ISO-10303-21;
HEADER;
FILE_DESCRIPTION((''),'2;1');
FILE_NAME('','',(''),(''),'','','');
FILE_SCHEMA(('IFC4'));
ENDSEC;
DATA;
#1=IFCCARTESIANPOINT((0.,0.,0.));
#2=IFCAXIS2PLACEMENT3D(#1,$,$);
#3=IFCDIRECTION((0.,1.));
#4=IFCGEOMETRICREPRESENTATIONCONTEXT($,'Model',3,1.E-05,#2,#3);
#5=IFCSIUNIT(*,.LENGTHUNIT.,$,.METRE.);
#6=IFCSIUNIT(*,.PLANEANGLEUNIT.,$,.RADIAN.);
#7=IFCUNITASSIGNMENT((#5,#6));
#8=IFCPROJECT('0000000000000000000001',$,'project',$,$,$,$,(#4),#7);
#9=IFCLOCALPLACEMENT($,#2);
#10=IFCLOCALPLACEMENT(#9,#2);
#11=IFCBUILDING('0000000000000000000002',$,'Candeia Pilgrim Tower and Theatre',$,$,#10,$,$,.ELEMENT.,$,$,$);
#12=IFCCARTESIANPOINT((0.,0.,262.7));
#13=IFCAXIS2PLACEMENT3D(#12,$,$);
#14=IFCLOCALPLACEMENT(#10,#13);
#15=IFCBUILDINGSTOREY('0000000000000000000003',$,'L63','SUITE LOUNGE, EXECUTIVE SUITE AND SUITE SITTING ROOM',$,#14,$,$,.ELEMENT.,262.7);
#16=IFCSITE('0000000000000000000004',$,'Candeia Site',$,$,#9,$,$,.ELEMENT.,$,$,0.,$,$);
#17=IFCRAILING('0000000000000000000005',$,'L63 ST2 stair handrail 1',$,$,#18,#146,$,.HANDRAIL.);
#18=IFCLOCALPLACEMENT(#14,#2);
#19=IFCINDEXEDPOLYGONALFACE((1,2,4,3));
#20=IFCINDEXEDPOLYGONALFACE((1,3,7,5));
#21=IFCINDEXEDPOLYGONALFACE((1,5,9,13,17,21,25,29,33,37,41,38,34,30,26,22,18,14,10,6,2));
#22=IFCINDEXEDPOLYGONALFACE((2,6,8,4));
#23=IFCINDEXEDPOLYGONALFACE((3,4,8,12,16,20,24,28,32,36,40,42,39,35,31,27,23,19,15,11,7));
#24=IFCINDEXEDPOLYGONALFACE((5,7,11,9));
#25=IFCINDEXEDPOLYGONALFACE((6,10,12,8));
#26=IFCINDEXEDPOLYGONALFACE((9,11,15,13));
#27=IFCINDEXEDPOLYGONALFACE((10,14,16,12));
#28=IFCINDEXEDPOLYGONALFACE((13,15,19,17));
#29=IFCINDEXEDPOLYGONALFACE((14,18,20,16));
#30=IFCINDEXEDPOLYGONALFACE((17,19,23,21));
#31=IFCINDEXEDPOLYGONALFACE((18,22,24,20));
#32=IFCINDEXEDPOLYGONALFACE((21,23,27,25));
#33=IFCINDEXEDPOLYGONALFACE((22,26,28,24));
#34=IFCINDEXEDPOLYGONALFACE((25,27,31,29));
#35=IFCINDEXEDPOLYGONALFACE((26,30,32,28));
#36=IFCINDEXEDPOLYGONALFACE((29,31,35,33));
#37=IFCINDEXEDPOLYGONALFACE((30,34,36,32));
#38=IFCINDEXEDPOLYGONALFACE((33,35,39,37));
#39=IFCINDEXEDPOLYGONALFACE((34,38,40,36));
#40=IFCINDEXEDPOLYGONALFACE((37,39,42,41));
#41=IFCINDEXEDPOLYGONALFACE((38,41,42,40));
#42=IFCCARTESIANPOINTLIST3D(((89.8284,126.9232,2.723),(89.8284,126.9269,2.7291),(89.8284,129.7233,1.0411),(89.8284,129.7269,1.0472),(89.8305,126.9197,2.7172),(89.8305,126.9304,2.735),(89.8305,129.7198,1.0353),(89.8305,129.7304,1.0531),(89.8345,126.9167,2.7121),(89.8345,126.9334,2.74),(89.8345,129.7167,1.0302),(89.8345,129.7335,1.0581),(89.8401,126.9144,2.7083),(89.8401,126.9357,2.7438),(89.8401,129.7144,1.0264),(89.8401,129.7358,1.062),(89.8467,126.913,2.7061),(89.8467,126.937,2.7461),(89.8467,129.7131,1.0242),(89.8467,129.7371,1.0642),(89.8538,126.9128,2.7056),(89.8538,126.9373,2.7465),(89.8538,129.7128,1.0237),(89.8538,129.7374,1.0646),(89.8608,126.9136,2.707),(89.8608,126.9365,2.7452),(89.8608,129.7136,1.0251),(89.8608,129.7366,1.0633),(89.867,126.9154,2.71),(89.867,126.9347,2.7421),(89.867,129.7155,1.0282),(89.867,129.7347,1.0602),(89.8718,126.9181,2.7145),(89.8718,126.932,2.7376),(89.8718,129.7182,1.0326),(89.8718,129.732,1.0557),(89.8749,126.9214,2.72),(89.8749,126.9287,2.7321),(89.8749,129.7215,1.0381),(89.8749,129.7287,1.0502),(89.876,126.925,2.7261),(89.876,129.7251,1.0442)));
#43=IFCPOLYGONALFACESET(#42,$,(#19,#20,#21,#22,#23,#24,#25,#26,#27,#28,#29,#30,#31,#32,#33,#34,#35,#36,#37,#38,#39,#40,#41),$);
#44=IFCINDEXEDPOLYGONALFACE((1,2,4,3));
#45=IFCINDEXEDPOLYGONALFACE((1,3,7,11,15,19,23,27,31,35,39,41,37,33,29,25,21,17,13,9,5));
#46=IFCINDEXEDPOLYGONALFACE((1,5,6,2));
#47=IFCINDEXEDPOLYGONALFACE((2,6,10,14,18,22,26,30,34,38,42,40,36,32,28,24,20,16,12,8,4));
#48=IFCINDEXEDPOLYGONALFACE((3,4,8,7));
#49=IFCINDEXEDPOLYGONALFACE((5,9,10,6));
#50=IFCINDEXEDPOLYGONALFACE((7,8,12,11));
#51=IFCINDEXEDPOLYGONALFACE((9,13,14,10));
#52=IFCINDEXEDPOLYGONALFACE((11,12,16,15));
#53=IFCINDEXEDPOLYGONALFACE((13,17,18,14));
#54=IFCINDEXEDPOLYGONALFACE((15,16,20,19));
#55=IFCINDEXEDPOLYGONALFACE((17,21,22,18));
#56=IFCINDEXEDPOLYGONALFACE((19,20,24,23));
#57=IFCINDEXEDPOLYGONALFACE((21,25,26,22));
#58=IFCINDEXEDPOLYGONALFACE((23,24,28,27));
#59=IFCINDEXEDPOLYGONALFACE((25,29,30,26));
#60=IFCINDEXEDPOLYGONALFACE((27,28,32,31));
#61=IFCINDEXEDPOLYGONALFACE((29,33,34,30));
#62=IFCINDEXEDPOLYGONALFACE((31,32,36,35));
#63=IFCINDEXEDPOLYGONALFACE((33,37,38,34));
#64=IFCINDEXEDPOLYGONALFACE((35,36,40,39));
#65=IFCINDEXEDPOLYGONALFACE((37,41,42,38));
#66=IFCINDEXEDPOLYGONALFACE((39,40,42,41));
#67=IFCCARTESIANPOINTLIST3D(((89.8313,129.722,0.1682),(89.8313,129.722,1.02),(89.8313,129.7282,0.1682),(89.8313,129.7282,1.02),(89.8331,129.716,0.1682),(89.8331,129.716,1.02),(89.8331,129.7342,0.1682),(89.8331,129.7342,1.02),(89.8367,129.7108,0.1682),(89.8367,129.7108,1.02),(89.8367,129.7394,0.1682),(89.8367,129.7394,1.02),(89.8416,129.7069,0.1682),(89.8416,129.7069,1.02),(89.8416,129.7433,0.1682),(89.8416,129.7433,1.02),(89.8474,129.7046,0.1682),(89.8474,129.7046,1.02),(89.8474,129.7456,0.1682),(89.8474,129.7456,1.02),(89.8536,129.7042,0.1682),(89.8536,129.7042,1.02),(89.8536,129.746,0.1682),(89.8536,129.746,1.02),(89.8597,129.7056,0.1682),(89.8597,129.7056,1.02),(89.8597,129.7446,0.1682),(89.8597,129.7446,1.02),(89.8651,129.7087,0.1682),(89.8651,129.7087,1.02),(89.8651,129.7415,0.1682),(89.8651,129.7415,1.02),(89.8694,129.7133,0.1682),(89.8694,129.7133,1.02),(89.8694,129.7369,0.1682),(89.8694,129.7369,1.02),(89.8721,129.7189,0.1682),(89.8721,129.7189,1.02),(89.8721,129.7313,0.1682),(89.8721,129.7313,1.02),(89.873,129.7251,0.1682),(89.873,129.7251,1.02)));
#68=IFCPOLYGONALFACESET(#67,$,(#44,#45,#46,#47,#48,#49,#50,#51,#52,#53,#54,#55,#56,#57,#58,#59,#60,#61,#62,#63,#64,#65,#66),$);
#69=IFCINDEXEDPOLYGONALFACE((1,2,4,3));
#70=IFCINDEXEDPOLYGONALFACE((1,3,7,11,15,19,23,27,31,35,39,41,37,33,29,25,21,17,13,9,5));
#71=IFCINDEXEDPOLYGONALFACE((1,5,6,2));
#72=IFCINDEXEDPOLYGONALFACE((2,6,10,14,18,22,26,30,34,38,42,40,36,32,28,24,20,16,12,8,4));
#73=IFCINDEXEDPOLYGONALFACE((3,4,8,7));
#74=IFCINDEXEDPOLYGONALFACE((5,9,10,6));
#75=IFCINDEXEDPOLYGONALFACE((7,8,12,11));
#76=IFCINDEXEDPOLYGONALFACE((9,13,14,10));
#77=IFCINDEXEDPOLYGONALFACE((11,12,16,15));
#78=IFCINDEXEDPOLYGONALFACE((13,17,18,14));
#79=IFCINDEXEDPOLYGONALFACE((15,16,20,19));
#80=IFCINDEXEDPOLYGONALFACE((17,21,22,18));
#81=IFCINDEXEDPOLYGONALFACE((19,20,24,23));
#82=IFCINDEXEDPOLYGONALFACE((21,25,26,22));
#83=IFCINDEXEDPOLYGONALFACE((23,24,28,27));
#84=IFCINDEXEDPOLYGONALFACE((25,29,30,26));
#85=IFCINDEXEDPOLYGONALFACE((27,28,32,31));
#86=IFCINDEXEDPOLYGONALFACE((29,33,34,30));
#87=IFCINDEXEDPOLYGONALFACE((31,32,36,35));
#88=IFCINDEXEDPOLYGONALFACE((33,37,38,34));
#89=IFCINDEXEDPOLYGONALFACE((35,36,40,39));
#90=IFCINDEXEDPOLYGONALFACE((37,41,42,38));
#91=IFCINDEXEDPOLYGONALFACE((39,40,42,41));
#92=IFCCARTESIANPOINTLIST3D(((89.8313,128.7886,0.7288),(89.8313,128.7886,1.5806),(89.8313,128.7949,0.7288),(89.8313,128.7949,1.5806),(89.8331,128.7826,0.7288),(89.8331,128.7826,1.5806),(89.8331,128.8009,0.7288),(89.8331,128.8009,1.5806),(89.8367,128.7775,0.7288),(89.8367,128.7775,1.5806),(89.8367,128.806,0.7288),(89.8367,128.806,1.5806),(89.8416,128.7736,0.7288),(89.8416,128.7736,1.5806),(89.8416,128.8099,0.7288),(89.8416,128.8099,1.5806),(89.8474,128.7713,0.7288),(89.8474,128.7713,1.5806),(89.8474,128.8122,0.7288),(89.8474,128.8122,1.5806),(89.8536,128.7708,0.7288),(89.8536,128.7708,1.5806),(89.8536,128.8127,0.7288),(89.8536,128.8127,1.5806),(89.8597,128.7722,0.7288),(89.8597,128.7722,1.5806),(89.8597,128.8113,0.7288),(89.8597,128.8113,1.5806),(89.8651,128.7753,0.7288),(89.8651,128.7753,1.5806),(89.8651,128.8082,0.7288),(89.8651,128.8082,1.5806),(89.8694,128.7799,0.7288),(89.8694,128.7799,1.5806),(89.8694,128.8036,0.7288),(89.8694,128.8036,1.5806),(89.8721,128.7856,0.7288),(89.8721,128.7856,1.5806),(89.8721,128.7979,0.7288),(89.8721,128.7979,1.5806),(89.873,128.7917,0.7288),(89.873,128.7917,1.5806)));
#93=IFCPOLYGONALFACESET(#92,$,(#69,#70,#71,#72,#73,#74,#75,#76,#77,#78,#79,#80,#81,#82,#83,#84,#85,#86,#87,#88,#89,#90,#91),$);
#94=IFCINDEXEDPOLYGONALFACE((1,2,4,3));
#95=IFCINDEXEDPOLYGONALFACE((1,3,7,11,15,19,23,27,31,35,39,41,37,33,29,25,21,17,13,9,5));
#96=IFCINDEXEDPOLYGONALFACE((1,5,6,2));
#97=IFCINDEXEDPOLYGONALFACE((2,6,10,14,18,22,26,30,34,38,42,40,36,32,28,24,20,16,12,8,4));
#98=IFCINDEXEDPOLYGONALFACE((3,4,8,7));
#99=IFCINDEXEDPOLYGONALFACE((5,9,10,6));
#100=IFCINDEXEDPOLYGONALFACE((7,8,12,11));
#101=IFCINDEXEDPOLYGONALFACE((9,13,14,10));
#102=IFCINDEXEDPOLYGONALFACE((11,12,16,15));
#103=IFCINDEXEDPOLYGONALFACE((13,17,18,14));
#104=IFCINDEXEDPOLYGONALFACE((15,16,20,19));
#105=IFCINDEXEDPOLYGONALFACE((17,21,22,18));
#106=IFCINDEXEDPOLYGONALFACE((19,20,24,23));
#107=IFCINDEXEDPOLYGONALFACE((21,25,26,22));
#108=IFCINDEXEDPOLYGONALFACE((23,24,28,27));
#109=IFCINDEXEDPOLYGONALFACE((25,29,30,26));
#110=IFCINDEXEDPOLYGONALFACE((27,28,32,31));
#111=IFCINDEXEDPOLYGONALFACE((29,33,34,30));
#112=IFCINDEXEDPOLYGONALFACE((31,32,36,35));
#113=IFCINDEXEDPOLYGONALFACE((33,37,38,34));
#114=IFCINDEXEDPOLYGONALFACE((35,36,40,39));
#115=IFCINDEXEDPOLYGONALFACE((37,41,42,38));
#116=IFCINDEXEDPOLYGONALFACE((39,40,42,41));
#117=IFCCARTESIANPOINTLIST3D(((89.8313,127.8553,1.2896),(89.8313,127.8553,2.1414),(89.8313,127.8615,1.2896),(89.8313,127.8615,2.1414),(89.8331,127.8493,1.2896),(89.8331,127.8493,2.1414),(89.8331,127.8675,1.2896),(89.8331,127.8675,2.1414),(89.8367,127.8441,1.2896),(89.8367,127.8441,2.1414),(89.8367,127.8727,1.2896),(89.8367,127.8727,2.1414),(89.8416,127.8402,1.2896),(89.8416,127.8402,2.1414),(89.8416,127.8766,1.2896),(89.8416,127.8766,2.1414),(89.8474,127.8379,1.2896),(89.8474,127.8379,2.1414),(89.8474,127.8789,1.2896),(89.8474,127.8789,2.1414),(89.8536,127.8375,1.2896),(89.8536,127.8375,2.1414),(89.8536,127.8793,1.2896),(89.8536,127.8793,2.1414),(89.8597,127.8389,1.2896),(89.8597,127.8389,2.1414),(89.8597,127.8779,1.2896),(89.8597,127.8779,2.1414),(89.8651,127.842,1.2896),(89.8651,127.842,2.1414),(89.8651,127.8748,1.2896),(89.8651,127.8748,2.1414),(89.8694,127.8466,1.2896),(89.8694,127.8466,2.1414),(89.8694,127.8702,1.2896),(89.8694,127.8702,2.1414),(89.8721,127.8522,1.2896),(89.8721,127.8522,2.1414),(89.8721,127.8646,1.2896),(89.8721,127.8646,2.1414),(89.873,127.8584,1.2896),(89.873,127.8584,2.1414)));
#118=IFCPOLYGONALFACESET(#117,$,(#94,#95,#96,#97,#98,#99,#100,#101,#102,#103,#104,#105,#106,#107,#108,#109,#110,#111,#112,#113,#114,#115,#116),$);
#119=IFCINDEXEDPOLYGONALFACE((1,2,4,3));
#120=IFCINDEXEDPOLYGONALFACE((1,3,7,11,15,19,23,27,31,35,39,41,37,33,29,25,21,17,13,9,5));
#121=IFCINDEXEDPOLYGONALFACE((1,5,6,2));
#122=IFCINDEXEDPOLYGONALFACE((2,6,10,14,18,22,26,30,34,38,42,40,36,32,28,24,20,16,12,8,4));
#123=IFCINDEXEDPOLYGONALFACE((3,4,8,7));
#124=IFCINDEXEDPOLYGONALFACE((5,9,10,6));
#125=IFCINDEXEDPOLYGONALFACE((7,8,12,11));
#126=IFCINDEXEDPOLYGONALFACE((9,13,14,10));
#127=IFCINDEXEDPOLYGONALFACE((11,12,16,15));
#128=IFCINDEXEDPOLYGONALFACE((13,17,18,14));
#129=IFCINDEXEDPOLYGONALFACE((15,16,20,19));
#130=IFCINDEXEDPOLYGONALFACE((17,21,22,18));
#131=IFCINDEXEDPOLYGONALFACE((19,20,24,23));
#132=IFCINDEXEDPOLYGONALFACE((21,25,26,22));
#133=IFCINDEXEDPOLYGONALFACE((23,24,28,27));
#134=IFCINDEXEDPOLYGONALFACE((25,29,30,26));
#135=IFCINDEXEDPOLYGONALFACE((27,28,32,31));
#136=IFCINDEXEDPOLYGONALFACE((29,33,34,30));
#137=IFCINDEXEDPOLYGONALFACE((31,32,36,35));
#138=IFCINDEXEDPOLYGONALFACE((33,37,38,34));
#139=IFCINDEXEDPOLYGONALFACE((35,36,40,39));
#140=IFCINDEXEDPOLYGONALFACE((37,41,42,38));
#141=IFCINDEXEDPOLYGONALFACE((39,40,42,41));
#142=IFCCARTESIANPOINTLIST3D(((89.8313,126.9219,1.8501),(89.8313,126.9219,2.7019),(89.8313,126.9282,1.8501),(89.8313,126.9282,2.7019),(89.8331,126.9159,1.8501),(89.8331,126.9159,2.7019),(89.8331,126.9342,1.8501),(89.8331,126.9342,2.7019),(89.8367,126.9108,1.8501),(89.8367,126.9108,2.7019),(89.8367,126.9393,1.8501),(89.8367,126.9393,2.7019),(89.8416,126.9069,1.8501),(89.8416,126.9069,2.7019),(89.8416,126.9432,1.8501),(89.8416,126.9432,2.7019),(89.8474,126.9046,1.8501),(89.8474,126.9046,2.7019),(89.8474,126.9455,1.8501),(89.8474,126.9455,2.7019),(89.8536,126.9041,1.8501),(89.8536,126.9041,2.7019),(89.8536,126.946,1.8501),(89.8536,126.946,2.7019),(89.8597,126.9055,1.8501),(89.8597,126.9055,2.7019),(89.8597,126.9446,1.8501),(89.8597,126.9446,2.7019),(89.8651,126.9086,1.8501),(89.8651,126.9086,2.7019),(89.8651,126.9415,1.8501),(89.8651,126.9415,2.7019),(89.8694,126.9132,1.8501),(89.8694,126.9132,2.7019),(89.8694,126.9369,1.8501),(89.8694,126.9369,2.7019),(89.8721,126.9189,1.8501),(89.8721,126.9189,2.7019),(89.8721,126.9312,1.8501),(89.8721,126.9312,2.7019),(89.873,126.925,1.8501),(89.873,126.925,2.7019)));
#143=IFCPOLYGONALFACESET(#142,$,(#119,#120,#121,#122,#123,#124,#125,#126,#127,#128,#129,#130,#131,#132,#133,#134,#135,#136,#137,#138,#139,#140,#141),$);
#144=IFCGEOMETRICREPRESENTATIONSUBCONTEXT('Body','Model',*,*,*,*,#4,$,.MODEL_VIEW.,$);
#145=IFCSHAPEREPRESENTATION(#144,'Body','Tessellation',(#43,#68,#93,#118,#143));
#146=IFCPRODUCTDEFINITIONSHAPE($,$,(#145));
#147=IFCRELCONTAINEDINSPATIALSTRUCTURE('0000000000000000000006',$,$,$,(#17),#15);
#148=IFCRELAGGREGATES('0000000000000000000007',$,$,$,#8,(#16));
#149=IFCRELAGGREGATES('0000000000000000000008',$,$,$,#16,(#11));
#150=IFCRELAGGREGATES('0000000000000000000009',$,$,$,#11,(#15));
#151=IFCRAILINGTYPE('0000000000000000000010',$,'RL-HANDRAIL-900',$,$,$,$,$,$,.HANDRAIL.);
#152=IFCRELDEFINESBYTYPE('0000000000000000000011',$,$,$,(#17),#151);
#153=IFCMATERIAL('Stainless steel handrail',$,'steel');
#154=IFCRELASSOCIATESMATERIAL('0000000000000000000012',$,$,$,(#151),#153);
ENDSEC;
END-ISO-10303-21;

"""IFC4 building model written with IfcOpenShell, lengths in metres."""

from ifc_helpers import new_model, si_unit, direction, frame, origin, origin_2d, place, context, subcontext, project, spatial, circle, extrude, material, type_object, element, save


model = new_model("IFC4")

# Units and contexts
model_context = context("Model", 3, precision=1e-05, world=origin(), true_north=direction((0.0, 1.0)))
body_context = subcontext(model_context, "Body", "Model", "MODEL_VIEW")
ifc_project = project(units=[si_unit("LENGTHUNIT", "METRE"), si_unit("PLANEANGLEUNIT", "RADIAN")], contexts=[model_context])

# Site, building, storey
site_placement = place(None, origin())
site = spatial("IfcSite", under=ifc_project, at=site_placement, Name="Candeia Site", CompositionType="ELEMENT", RefElevation=0.0)
building_placement = place(site_placement, origin())
building = spatial("IfcBuilding", under=site, at=building_placement, Name="Candeia Pilgrim Tower and Theatre", CompositionType="ELEMENT")
storey_placement = place(building_placement, frame((0.0, 0.0, 262.7)))
storey = spatial("IfcBuildingStorey", under=building, at=storey_placement, Name="L63", Description="SUITE LOUNGE, EXECUTIVE SUITE AND SUITE SITTING ROOM", CompositionType="ELEMENT", Elevation=262.7)

# Railing
ifc_material_1 = material(Name="Stainless steel handrail", Category="steel")
railing_type_1 = type_object("IfcRailingType", Name="RL-HANDRAIL-900", PredefinedType="HANDRAIL", material=ifc_material_1)
railing_1_placement = place(storey_placement, frame((89.8521, 129.7251, 0.1682)))
element("IfcRailing", 1, at=railing_1_placement, inside=storey, type_object=railing_type_1, Name="L63 ST2 stair handrail 1", PredefinedType="HANDRAIL", context=body_context, shape_type="SweptSolid", body=[
    extrude(circle(Radius=0.0239, at=origin_2d()), frame((0.0, 0.0, 0.876), z_axis=(0.0, -0.857242, 0.514913), x_axis=(1.0, 0.0, 0.0)), (0.0, 0.0, 1.0), 3.2664),
    extrude(circle(Radius=0.021, at=origin_2d()), origin(), (0.0, 0.0, 1.0), 0.8518),
    extrude(circle(Radius=0.021, at=origin_2d()), frame((0.0, -0.9333, 0.5605)), (0.0, 0.0, 1.0), 0.8518),
    extrude(circle(Radius=0.021, at=origin_2d()), frame((0.0, -1.8667, 1.1213)), (0.0, 0.0, 1.0), 0.8518),
    extrude(circle(Radius=0.021, at=origin_2d()), frame((0.0, -2.8, 1.6819)), (0.0, 0.0, 1.0), 0.8518),
])

save(model, "model.ifc")
